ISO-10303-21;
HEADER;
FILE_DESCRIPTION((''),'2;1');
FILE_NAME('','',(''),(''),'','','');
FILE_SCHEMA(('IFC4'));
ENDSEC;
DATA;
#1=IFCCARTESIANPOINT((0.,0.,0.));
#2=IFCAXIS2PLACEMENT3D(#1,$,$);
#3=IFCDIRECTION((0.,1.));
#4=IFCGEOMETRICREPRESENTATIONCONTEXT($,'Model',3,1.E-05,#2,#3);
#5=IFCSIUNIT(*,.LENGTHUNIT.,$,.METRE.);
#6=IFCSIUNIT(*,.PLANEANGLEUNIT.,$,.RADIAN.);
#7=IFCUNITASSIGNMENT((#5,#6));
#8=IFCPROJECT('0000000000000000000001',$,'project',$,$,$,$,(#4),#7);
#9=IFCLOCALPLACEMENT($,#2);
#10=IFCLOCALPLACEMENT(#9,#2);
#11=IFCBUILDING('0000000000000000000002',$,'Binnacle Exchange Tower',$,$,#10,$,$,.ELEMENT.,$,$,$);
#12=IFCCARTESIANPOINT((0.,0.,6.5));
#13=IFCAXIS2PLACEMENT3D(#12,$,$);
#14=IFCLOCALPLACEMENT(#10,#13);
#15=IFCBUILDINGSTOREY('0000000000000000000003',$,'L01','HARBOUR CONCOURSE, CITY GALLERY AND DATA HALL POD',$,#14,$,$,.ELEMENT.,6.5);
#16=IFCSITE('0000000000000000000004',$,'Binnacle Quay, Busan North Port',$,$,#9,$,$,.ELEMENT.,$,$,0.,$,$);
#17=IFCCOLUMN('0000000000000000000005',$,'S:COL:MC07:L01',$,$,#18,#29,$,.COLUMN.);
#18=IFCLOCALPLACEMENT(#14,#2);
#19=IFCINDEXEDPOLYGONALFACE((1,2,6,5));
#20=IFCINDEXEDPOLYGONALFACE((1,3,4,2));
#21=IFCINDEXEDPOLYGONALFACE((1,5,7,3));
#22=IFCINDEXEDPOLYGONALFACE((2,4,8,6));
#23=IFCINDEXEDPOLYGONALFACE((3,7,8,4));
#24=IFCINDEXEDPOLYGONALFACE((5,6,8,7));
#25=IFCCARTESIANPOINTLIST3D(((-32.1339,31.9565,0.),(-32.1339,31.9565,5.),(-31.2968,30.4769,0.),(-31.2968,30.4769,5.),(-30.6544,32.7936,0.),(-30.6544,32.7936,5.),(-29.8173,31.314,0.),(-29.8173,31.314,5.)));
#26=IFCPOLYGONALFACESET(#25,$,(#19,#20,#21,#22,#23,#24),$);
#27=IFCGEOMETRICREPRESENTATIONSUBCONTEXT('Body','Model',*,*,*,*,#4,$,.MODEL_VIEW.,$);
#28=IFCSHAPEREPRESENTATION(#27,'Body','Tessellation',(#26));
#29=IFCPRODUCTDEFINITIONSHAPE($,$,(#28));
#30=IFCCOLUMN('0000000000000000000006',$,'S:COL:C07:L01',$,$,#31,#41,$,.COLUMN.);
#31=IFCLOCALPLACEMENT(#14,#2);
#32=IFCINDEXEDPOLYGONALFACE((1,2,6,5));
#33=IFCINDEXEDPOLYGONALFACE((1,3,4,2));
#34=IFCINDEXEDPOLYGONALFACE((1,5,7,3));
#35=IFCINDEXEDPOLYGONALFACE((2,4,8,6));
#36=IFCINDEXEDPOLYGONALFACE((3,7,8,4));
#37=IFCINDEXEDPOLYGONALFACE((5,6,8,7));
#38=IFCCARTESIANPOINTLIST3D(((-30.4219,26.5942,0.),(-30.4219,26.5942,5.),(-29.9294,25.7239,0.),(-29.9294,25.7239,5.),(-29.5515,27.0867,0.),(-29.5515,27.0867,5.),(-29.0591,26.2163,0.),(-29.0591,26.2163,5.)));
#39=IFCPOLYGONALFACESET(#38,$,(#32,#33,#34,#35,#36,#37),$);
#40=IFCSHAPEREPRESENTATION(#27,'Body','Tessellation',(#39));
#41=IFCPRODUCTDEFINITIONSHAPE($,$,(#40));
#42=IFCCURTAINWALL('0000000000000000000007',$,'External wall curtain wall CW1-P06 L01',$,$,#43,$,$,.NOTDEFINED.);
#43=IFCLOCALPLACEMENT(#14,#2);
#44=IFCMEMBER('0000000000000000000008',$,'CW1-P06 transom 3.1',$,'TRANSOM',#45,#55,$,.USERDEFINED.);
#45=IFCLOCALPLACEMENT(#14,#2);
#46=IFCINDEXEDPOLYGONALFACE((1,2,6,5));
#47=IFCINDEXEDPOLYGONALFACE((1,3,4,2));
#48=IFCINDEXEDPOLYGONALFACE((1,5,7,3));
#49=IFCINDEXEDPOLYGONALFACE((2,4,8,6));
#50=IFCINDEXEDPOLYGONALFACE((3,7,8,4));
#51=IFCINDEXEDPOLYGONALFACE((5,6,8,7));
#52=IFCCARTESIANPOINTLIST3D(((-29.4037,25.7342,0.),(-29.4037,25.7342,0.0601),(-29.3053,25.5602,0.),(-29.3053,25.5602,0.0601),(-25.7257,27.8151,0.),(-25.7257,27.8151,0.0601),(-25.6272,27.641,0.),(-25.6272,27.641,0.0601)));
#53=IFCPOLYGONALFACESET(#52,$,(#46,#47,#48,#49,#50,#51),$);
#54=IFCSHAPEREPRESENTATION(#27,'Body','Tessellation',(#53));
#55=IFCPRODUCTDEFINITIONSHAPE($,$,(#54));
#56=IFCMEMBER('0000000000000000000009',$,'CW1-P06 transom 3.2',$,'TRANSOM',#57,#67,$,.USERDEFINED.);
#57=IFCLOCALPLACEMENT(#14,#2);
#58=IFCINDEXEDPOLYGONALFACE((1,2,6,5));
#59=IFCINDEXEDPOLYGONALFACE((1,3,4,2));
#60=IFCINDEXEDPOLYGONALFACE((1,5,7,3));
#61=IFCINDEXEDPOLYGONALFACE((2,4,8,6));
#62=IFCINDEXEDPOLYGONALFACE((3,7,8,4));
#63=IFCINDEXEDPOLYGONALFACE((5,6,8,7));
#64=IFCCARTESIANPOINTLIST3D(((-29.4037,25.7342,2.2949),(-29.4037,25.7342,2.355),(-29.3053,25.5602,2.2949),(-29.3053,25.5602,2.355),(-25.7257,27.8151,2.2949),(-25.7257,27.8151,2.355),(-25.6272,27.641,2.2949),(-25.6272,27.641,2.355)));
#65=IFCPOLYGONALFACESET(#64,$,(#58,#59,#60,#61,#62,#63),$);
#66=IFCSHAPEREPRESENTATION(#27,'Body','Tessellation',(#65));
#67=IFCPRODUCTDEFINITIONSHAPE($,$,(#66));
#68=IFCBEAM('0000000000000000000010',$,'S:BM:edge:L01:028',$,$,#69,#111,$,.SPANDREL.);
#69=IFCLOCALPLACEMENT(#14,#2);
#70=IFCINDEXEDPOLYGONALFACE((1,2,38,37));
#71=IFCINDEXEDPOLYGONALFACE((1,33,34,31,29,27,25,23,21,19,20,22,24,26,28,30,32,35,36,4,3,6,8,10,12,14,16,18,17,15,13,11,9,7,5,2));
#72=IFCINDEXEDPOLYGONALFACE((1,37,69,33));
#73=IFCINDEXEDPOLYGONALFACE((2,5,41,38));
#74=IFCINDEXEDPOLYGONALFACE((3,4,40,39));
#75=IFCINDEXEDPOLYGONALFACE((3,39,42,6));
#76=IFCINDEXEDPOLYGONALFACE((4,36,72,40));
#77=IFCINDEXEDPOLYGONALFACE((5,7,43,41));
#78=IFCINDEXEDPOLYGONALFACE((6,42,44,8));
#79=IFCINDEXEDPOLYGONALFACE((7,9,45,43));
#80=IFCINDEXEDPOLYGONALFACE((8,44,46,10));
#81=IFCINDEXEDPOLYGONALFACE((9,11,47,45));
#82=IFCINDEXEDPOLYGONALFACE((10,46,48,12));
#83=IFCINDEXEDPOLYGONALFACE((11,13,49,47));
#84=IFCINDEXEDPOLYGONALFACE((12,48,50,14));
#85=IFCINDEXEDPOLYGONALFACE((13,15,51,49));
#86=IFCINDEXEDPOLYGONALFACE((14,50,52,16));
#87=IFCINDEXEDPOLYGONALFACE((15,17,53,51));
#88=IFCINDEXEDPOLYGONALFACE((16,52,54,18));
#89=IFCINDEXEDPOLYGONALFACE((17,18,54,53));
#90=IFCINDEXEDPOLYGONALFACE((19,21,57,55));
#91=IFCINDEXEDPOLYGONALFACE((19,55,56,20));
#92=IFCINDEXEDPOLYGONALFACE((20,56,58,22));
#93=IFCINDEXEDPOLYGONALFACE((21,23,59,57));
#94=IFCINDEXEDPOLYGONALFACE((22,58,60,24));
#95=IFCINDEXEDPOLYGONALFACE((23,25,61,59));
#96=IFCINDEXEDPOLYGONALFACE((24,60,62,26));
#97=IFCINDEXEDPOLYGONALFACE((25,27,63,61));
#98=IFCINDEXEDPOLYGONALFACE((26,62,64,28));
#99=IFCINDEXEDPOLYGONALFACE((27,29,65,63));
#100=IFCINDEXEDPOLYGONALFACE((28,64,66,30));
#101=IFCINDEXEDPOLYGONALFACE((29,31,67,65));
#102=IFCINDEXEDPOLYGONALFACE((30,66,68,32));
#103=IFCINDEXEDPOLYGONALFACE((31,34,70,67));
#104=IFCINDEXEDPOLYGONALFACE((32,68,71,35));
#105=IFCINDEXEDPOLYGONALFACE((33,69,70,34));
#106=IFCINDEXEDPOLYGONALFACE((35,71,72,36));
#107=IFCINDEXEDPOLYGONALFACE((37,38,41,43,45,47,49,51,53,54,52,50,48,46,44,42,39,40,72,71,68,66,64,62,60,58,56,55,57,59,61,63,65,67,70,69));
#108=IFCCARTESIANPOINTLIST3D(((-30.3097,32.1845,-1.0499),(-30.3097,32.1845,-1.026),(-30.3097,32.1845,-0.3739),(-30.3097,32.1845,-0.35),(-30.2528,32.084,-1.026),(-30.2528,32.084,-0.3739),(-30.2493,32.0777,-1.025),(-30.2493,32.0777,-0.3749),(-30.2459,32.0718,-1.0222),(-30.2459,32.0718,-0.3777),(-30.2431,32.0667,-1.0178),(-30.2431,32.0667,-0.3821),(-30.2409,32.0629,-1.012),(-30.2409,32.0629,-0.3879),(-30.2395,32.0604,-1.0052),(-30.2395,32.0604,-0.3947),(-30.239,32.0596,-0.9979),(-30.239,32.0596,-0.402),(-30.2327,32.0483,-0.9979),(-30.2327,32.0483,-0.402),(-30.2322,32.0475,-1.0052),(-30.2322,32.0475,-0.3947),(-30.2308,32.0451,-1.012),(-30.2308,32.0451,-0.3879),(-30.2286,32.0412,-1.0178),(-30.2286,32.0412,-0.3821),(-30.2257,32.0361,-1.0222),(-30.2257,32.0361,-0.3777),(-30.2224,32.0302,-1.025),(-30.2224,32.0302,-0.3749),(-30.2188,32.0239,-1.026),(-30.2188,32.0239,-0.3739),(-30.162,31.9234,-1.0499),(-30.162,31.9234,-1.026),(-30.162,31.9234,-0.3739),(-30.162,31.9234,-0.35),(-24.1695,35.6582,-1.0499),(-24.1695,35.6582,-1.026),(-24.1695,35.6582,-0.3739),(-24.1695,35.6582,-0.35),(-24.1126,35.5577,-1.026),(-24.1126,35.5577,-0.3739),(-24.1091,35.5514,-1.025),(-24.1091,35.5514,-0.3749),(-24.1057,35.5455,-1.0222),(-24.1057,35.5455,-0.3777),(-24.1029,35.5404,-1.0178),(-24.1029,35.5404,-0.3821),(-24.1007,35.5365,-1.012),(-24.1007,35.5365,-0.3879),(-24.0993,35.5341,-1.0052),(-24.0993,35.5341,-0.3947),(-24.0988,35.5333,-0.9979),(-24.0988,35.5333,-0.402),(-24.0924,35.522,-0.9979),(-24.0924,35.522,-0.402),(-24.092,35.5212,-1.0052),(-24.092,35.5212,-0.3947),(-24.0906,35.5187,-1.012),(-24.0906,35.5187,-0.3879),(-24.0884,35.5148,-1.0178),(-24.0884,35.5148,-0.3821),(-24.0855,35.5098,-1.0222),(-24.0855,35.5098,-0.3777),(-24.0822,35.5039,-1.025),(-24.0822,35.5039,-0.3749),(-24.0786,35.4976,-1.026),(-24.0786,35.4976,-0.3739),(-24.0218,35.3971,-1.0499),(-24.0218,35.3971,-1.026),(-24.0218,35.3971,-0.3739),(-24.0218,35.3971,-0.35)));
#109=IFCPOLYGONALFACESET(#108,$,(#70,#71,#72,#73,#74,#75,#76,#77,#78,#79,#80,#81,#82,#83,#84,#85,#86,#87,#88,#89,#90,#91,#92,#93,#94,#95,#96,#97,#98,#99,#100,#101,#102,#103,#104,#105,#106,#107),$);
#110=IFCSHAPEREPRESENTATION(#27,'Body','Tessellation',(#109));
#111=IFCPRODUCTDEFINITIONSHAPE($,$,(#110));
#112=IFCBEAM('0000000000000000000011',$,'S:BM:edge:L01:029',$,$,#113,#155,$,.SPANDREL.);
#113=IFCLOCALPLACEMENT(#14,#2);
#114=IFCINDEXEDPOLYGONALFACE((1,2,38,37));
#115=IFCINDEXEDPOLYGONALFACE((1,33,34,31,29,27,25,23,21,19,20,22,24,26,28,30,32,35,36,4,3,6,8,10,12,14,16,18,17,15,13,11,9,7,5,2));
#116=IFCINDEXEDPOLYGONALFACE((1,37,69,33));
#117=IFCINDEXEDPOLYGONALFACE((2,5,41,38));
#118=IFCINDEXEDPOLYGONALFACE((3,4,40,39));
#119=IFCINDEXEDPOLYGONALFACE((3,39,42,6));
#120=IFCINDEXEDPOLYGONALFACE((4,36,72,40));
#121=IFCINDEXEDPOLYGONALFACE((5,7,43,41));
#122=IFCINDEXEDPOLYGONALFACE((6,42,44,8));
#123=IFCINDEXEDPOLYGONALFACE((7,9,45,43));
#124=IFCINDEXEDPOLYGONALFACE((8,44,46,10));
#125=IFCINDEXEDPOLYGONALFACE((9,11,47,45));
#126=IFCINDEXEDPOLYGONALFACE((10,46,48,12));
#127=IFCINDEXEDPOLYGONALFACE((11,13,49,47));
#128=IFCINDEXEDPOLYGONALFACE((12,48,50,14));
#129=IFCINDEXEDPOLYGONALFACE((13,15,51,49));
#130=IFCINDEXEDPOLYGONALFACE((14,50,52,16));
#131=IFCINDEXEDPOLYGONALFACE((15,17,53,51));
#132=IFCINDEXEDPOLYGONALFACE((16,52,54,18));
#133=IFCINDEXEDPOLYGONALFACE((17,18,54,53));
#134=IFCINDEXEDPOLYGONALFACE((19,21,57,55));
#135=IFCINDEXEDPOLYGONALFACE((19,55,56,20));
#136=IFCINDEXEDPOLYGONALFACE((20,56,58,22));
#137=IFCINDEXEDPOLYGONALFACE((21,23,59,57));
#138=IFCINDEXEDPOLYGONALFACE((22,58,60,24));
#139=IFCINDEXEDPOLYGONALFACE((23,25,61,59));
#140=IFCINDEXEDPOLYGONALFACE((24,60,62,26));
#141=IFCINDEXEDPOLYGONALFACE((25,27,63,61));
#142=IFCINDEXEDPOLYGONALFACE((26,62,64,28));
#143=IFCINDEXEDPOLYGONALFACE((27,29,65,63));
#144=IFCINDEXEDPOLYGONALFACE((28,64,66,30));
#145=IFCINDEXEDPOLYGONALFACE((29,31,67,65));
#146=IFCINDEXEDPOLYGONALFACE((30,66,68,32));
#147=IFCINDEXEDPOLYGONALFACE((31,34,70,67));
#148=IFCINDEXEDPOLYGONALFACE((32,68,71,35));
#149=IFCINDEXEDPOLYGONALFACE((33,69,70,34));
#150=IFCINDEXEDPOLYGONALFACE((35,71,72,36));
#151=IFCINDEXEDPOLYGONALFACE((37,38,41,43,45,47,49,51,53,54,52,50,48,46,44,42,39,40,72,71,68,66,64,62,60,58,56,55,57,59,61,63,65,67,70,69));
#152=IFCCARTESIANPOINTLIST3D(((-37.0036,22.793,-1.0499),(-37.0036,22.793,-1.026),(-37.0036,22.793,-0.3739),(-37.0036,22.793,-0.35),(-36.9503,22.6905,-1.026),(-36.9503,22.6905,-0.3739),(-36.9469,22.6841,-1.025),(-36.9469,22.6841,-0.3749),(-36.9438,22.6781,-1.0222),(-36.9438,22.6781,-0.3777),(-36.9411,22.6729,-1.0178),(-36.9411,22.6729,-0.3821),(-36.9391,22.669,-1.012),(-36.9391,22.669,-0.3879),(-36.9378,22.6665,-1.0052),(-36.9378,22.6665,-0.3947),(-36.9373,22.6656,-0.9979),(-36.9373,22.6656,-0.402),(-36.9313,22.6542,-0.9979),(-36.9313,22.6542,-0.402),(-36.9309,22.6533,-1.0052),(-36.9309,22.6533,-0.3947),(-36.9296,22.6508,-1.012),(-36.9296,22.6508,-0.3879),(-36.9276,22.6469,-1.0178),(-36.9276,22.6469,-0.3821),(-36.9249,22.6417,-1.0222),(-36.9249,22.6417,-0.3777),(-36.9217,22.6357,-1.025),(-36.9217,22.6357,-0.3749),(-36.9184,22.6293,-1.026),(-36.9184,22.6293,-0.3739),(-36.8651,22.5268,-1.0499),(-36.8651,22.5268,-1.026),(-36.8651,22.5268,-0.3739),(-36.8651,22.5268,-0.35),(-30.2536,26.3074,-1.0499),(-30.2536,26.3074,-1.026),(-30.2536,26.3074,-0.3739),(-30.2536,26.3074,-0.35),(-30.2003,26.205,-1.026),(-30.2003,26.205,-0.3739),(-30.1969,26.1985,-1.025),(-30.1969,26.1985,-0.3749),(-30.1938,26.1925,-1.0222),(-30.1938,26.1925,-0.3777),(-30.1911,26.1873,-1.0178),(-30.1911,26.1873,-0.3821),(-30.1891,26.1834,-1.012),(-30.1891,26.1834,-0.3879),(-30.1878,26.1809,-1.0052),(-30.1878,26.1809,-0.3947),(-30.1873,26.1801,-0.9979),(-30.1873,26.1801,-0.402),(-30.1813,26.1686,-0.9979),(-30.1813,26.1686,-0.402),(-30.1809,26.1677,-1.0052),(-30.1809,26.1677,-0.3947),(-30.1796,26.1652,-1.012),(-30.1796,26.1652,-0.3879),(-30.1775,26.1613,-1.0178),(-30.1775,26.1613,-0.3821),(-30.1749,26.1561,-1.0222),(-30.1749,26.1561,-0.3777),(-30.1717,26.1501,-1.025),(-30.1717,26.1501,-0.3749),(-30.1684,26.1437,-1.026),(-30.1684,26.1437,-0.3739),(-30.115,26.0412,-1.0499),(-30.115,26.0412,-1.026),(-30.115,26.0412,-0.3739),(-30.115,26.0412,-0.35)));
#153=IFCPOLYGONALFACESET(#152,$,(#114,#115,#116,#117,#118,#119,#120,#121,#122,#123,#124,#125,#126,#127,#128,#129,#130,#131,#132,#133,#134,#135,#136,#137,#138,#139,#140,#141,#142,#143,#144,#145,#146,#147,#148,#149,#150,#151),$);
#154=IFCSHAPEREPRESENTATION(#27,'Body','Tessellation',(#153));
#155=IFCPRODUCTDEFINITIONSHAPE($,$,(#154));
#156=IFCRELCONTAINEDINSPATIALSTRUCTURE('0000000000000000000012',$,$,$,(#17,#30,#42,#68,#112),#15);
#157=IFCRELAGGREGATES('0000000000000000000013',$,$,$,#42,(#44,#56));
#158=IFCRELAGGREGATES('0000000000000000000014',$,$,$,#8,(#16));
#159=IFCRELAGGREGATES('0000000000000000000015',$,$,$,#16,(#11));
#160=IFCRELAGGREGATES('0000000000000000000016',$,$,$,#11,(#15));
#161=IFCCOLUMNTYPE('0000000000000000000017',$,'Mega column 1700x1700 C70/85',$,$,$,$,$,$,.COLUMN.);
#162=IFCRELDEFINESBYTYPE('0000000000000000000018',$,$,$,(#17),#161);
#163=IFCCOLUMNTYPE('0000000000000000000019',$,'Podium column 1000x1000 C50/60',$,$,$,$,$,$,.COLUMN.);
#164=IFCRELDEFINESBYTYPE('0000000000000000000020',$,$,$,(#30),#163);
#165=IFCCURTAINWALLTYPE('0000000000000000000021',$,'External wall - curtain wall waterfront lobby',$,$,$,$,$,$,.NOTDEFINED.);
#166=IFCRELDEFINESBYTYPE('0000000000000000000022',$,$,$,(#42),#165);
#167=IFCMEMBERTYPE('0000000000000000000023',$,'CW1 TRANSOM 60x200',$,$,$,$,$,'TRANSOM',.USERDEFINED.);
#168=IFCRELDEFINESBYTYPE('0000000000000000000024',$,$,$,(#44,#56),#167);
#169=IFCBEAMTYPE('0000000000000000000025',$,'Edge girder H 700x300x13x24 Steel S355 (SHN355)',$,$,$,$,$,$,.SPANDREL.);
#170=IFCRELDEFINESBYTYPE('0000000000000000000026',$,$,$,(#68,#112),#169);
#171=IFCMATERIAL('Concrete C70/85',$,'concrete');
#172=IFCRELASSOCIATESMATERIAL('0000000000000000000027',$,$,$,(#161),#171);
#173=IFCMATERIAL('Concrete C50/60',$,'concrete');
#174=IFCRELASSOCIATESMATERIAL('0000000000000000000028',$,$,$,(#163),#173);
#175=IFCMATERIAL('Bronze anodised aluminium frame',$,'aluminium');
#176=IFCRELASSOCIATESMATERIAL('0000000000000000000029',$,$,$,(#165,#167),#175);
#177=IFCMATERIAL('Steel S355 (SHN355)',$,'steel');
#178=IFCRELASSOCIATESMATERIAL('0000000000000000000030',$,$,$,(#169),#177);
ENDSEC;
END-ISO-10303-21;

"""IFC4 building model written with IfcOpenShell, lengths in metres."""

from ifc_helpers import new_model, si_unit, direction, frame, origin, origin_2d, place, context, subcontext, project, spatial, rectangle, i_section, extrude, material, material_profile, profile_set, type_object, element, aggregate, save


model = new_model("IFC4")

# Units and contexts
model_context = context("Model", 3, precision=1e-05, world=origin(), true_north=direction((0.0, 1.0)))
body_context = subcontext(model_context, "Body", "Model", "MODEL_VIEW")
ifc_project = project(units=[si_unit("LENGTHUNIT", "METRE"), si_unit("PLANEANGLEUNIT", "RADIAN")], contexts=[model_context])

# Site, building, storey
site_placement = place(None, origin())
site = spatial("IfcSite", under=ifc_project, at=site_placement, Name="Binnacle Quay, Busan North Port", CompositionType="ELEMENT", RefElevation=0.0)
building_placement = place(site_placement, origin())
building = spatial("IfcBuilding", under=site, at=building_placement, Name="Binnacle Exchange Tower", CompositionType="ELEMENT")
storey_placement = place(building_placement, frame((0.0, 0.0, 6.5)))
storey = spatial("IfcBuildingStorey", under=building, at=storey_placement, Name="L01", Description="HARBOUR CONCOURSE, CITY GALLERY AND DATA HALL POD", CompositionType="ELEMENT", Elevation=6.5)

# Columns
ifc_material_1 = material(Name="Concrete C70/85", Category="concrete")
ifc_material_profile_1 = material_profile(ifc_material_1, rectangle(XDim=1.7, YDim=1.7, at=origin_2d()), Name="Mega column 1700x1700 C70/85")
ifc_profile_set_1 = profile_set([ifc_material_profile_1], Name="Concrete C70/85")
column_type_1 = type_object("IfcColumnType", Name="Mega column 1700x1700 C70/85", PredefinedType="COLUMN", material=ifc_profile_set_1)
column_1_placement = place(storey_placement, frame((-30.9756, 31.6353, 0.0), z_axis=(0.0, 0.0, 1.0), x_axis=(0.870356, 0.492424, 0.0)))
element("IfcColumn", 1, at=column_1_placement, inside=storey, type_object=column_type_1, Name="S:COL:MC07:L01", PredefinedType="COLUMN", context=body_context, shape_type="SweptSolid", body=[
    extrude(rectangle(XDim=1.7, YDim=1.7, at=origin_2d()), origin(), (0.0, 0.0, 1.0), 5.0),
])
ifc_material_2 = material(Name="Concrete C50/60", Category="concrete")
ifc_material_profile_2 = material_profile(ifc_material_2, rectangle(XDim=1.0, YDim=1.0, at=origin_2d()), Name="Podium column 1000x1000 C50/60")
ifc_profile_set_2 = profile_set([ifc_material_profile_2], Name="Concrete C50/60")
column_type_2 = type_object("IfcColumnType", Name="Podium column 1000x1000 C50/60", PredefinedType="COLUMN", material=ifc_profile_set_2)
column_2_placement = place(storey_placement, frame((-29.7405, 26.4053, 0.0), z_axis=(0.0, 0.0, 1.0), x_axis=(0.870356, 0.492424, 0.0)))
element("IfcColumn", 2, at=column_2_placement, inside=storey, type_object=column_type_2, Name="S:COL:C07:L01", PredefinedType="COLUMN", context=body_context, shape_type="SweptSolid", body=[
    extrude(rectangle(XDim=1.0, YDim=1.0, at=origin_2d()), origin(), (0.0, 0.0, 1.0), 5.0),
])

# Curtain wall, members
ifc_material_3 = material(Name="Bronze anodised aluminium frame", Category="aluminium")
curtain_wall_type = type_object("IfcCurtainWallType", Name="External wall - curtain wall waterfront lobby", PredefinedType="NOTDEFINED", material=ifc_material_3)
curtain_wall_placement = place(storey_placement, origin())
curtain_wall = element("IfcCurtainWall", 3, at=curtain_wall_placement, inside=storey, type_object=curtain_wall_type, Name="External wall curtain wall CW1-P06 L01", PredefinedType="NOTDEFINED")
ifc_material_profile_3 = material_profile(ifc_material_3, rectangle(XDim=0.2, YDim=0.0601, at=origin_2d()), Name="AL 200x60")
ifc_profile_set_3 = profile_set([ifc_material_profile_3], Name="Bronze anodised aluminium frame")
member_type = type_object("IfcMemberType", Name="CW1 TRANSOM 60x200", ElementType="TRANSOM", PredefinedType="USERDEFINED", material=ifc_profile_set_3)
member_1_placement = place(storey_placement, frame((-29.3545, 25.6472, 0.03), z_axis=(0.870365, 0.492408, 0.0), x_axis=(-0.492408, 0.870365, 0.0)))
member_1 = element("IfcMember", 4, at=member_1_placement, type_object=member_type, Name="CW1-P06 transom 3.1", ObjectType="TRANSOM", PredefinedType="USERDEFINED", context=body_context, shape_type="SweptSolid", body=[
    extrude(rectangle(XDim=0.2, YDim=0.0601, at=origin_2d()), origin(), (0.0, 0.0, 1.0), 4.2258),
])
member_2_placement = place(storey_placement, frame((-29.3545, 25.6472, 2.325), z_axis=(0.870365, 0.492408, 0.0), x_axis=(-0.492408, 0.870365, 0.0)))
member_2 = element("IfcMember", 5, at=member_2_placement, type_object=member_type, Name="CW1-P06 transom 3.2", ObjectType="TRANSOM", PredefinedType="USERDEFINED", context=body_context, shape_type="SweptSolid", body=[
    extrude(rectangle(XDim=0.2, YDim=0.0601, at=origin_2d()), origin(), (0.0, 0.0, 1.0), 4.2258),
])
aggregate(curtain_wall, [member_1, member_2])

# Beams
ifc_material_4 = material(Name="Steel S355 (SHN355)", Category="steel")
ifc_material_profile_4 = material_profile(ifc_material_4, i_section(OverallWidth=0.3, OverallDepth=0.7, WebThickness=0.0129, FlangeThickness=0.0239, FilletRadius=0.0281, at=origin_2d()), Name="H 700x300x13x24")
ifc_profile_set_4 = profile_set([ifc_material_profile_4], Name="Steel S355 (SHN355)")
beam_type_1 = type_object("IfcBeamType", Name="Edge girder H 700x300x13x24 Steel S355 (SHN355)", PredefinedType="SPANDREL", material=ifc_profile_set_4)
beam_1_placement = place(storey_placement, frame((-30.2358, 32.054, -0.7), z_axis=(0.870373, 0.492392, 0.0), x_axis=(-0.492392, 0.870373, 0.0)))
element("IfcBeam", 6, at=beam_1_placement, inside=storey, type_object=beam_type_1, Name="S:BM:edge:L01:028", PredefinedType="SPANDREL", context=body_context, shape_type="SweptSolid", body=[
    extrude(i_section(OverallWidth=0.3, OverallDepth=0.7, WebThickness=0.0129, FlangeThickness=0.0239, FilletRadius=0.0281, at=origin_2d()), origin(), (0.0, 0.0, 1.0), 7.0547),
])
beam_2_placement = place(storey_placement, frame((-30.1843, 26.1743, -0.7), z_axis=(-0.88698, -0.461808, 0.0), x_axis=(0.461808, -0.88698, 0.0)))
element("IfcBeam", 7, at=beam_2_placement, inside=storey, type_object=beam_type_1, Name="S:BM:edge:L01:029", PredefinedType="SPANDREL", context=body_context, shape_type="SweptSolid", body=[
    extrude(i_section(OverallWidth=0.3, OverallDepth=0.7, WebThickness=0.0129, FlangeThickness=0.0239, FilletRadius=0.0281, at=origin_2d()), origin(), (0.0, 0.0, 1.0), 7.6101),
])

save(model, "model.ifc")
